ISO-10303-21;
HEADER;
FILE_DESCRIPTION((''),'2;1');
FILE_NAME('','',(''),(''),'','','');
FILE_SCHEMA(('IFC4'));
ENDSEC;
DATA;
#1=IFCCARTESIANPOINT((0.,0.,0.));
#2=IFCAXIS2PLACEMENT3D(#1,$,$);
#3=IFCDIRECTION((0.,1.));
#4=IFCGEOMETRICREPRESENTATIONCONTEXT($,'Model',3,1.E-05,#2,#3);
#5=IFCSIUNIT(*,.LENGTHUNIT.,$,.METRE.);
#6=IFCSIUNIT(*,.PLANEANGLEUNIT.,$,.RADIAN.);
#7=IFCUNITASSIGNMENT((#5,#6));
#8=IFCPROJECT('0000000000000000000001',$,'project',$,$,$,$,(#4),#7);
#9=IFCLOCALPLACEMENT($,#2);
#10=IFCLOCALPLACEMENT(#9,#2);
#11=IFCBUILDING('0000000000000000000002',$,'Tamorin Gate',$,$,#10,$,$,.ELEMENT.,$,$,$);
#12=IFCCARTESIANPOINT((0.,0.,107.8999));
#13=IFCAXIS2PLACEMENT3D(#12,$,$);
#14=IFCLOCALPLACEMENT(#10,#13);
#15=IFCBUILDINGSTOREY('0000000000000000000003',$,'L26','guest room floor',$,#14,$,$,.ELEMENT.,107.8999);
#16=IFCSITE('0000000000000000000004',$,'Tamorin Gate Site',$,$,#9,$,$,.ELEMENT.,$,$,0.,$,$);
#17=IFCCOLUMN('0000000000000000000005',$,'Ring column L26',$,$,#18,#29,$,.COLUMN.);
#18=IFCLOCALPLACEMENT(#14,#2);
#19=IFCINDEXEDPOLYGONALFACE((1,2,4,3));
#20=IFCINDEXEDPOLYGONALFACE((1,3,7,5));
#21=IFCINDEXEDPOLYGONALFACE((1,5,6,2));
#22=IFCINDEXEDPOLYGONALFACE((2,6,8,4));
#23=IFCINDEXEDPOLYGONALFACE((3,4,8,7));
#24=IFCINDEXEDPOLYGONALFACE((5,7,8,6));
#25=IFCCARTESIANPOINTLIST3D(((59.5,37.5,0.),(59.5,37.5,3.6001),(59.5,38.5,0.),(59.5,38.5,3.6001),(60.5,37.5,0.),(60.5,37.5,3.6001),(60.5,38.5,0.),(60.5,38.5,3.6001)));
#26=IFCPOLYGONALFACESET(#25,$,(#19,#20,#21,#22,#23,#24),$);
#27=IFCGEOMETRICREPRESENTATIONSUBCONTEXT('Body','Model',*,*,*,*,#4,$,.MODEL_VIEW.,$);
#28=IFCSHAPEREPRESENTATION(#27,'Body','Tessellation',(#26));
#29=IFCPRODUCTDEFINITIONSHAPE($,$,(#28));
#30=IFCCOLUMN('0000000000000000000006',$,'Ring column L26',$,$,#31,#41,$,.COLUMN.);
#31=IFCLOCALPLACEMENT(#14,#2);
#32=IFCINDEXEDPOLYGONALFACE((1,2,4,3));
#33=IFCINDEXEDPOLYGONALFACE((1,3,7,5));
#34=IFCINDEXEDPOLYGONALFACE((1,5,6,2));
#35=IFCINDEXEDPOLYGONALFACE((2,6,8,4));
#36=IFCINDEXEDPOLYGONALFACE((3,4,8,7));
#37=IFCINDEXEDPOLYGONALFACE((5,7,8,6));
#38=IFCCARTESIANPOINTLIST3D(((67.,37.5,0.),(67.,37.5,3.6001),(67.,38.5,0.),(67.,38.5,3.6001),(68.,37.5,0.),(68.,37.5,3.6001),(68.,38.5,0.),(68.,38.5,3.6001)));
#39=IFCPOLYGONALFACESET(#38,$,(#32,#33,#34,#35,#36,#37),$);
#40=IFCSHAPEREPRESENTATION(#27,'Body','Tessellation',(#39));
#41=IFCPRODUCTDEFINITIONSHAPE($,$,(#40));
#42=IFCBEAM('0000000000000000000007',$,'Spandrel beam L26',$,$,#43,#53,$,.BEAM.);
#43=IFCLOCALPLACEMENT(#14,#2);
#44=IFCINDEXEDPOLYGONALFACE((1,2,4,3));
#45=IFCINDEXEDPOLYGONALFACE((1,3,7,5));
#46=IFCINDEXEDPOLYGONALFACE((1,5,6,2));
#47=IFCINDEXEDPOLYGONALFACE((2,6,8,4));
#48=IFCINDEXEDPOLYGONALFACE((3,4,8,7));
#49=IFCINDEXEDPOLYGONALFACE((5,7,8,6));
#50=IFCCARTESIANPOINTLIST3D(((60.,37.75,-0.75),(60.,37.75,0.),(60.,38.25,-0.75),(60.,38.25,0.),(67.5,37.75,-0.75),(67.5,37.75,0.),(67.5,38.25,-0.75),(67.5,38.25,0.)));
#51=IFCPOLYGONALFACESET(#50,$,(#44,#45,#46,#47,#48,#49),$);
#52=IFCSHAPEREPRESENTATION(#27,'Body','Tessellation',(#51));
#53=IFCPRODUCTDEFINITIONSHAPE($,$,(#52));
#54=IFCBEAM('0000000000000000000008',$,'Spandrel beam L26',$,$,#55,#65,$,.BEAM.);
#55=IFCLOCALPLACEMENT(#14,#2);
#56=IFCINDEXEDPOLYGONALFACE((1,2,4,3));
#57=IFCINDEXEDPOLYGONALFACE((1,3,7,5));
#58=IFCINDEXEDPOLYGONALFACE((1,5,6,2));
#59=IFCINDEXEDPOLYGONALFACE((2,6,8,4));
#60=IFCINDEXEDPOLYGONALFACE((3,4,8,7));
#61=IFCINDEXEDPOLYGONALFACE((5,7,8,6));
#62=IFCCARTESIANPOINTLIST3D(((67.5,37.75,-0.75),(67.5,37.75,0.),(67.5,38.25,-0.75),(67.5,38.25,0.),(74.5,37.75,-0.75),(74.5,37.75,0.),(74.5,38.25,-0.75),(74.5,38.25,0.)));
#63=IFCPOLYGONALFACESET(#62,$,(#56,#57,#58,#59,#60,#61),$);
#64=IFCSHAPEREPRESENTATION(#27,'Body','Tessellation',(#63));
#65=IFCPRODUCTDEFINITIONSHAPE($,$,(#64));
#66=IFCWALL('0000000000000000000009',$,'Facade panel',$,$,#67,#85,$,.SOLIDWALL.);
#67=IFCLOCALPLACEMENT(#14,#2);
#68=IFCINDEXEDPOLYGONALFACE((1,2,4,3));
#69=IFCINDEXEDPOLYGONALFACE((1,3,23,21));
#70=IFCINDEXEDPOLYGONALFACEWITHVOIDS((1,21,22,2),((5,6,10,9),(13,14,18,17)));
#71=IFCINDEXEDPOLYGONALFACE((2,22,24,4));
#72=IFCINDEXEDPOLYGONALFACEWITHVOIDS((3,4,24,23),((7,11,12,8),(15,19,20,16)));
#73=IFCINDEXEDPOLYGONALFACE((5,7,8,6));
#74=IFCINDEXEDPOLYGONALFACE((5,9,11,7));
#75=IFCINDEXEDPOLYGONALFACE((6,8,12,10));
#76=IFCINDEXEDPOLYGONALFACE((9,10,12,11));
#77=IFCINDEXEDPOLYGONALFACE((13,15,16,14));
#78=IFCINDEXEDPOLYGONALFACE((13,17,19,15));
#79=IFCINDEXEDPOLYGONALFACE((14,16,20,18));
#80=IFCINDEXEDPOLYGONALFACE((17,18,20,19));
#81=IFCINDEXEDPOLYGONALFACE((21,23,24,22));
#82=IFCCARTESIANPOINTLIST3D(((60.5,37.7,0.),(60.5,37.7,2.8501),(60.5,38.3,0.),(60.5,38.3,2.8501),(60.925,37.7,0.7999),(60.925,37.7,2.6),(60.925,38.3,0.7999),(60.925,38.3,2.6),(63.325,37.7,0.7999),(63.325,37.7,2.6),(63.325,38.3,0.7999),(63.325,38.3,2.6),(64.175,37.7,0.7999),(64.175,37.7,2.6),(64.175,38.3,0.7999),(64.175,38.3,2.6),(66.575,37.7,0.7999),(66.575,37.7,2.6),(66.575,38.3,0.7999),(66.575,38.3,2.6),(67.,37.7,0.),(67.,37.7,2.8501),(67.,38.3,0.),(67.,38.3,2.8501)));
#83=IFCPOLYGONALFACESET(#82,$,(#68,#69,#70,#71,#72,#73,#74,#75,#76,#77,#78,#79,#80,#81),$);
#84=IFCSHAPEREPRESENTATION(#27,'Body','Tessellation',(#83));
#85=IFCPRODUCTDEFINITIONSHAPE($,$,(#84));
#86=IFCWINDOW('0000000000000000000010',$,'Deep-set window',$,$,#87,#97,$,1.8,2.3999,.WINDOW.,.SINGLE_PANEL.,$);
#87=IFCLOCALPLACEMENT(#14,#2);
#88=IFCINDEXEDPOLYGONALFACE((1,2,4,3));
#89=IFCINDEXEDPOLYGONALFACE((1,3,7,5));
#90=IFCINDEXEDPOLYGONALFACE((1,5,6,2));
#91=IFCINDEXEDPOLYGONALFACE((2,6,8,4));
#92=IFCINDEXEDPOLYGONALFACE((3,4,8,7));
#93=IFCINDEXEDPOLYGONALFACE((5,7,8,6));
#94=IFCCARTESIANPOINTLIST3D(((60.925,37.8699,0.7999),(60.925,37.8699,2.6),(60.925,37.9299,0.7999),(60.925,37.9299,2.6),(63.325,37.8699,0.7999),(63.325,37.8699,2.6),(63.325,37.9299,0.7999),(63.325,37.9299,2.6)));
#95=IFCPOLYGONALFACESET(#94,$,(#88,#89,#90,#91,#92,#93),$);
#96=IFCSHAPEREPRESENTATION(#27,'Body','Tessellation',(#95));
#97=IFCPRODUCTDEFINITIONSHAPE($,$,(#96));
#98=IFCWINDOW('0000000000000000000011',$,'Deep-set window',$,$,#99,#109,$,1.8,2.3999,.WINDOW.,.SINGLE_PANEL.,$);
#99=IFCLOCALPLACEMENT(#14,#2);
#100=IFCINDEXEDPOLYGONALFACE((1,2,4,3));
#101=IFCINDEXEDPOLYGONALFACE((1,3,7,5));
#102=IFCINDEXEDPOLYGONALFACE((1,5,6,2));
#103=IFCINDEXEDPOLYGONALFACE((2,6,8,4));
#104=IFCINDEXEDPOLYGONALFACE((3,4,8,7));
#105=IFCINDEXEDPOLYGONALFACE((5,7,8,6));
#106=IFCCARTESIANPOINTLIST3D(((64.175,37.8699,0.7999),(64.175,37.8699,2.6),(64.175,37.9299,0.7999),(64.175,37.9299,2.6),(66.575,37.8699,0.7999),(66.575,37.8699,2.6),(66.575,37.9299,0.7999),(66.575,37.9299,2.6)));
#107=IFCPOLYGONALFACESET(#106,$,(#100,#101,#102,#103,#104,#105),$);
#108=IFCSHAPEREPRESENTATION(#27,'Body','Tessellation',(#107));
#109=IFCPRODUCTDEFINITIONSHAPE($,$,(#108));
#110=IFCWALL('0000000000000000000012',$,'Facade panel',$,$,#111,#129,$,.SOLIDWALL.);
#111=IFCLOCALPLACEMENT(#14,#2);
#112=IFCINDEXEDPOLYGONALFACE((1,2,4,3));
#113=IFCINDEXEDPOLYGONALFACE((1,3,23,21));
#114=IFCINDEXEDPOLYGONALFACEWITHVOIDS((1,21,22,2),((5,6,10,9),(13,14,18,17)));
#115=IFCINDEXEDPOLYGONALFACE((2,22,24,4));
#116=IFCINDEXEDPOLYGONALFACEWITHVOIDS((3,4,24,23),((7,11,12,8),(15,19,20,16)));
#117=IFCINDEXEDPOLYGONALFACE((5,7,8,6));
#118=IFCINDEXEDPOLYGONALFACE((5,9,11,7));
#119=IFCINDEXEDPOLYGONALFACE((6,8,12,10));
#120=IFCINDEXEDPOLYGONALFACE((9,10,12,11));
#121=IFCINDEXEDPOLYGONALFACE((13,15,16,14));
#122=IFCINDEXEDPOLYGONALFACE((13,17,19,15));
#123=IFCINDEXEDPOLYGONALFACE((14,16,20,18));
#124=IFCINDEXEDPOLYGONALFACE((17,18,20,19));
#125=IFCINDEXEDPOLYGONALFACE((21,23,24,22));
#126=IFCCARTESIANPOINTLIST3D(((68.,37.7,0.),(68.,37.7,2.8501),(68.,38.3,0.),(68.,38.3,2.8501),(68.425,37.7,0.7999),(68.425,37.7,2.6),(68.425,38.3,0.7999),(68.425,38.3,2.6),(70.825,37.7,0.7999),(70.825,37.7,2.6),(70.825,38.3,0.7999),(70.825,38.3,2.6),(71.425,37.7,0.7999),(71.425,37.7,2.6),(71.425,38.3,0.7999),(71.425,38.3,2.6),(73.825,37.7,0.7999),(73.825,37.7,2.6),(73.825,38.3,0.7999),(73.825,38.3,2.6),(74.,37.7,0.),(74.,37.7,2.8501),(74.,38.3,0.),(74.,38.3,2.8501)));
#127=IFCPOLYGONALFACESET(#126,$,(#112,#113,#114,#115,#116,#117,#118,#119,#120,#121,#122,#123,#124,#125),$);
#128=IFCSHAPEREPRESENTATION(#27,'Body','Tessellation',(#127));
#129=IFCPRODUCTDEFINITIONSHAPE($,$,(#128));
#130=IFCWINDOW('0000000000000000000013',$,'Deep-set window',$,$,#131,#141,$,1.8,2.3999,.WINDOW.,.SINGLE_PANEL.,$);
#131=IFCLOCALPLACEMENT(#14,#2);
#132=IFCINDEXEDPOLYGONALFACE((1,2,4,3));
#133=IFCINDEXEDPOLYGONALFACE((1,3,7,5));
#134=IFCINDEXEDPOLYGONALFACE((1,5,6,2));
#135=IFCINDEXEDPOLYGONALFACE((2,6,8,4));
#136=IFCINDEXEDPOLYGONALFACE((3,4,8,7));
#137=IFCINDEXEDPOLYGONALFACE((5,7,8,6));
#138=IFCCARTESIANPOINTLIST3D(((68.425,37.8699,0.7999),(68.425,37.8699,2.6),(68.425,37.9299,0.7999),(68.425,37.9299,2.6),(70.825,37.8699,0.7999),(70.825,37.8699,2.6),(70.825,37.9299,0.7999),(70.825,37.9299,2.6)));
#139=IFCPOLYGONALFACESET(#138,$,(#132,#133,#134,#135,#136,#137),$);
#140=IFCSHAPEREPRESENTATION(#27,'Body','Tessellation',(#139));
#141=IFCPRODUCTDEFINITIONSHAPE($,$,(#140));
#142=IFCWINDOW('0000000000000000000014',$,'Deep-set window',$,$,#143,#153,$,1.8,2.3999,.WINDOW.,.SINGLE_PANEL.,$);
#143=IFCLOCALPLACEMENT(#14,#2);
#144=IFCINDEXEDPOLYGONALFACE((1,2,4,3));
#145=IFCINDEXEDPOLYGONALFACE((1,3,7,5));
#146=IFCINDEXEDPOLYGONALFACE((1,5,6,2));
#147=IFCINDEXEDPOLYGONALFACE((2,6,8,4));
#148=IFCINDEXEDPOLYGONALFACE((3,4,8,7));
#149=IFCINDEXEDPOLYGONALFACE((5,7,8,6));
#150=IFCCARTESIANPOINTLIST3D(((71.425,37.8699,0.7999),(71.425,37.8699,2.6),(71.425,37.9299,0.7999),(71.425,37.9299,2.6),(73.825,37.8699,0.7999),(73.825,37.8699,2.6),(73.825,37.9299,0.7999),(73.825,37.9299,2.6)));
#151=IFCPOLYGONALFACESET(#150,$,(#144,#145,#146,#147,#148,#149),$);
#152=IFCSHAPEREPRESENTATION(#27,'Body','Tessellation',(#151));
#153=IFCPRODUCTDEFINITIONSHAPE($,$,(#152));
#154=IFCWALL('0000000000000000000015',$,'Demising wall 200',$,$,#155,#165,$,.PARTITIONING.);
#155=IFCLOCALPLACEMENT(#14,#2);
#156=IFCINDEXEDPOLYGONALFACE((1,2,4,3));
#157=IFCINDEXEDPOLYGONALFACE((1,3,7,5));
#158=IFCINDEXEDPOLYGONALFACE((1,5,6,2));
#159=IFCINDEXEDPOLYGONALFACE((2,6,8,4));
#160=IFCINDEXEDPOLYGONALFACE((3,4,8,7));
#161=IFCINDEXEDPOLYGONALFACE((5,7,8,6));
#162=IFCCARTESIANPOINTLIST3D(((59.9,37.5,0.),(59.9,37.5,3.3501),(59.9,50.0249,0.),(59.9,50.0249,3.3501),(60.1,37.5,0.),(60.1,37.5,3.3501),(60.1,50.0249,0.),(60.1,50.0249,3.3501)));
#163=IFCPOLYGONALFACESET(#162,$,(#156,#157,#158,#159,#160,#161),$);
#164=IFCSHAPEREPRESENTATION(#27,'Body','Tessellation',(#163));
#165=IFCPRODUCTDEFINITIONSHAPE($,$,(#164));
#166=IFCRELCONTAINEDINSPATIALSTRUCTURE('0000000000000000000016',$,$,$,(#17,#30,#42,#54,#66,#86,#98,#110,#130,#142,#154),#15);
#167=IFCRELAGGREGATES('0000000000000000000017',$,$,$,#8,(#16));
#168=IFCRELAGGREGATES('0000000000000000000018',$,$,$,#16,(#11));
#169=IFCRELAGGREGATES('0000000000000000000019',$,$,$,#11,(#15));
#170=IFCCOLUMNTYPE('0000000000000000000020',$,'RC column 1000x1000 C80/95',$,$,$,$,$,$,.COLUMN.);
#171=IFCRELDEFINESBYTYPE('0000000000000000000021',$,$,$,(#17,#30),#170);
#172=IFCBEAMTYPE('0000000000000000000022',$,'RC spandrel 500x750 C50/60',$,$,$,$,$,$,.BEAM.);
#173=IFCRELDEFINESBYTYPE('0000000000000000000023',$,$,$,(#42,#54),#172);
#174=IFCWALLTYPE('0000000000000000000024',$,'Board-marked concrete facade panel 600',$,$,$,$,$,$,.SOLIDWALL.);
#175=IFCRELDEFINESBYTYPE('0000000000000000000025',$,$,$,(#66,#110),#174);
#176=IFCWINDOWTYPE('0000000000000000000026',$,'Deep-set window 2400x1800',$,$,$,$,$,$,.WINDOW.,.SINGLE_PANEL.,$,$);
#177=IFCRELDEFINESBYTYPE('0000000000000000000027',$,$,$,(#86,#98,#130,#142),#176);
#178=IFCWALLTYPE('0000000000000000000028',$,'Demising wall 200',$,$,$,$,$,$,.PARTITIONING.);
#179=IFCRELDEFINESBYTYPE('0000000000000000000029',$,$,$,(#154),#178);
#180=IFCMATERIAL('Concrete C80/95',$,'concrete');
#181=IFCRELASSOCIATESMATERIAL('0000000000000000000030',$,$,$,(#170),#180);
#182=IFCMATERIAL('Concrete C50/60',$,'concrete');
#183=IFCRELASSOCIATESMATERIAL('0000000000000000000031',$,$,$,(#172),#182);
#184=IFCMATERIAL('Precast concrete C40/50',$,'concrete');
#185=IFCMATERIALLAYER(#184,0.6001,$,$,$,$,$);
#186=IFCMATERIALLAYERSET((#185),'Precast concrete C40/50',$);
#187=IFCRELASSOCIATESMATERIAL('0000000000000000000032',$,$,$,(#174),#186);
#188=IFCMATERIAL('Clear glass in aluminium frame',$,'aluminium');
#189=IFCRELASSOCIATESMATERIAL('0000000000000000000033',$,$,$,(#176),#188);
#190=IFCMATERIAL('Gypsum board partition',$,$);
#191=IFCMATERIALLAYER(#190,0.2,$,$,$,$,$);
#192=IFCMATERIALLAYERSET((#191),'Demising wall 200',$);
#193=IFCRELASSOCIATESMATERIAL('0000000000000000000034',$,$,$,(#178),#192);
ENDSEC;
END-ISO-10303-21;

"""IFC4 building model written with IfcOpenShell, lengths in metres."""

from ifc_helpers import new_model, si_unit, direction, frame, frame_2d, origin, origin_2d, place, context, subcontext, project, spatial, rectangle, extrude, material, layer, layer_set, material_profile, profile_set, type_object, element, fill, save


model = new_model("IFC4")

# Units and contexts
model_context = context("Model", 3, precision=1e-05, world=origin(), true_north=direction((0.0, 1.0)))
body_context = subcontext(model_context, "Body", "Model", "MODEL_VIEW")
ifc_project = project(units=[si_unit("LENGTHUNIT", "METRE"), si_unit("PLANEANGLEUNIT", "RADIAN")], contexts=[model_context])

# Site, building, storey
site_placement = place(None, origin())
site = spatial("IfcSite", under=ifc_project, at=site_placement, Name="Tamorin Gate Site", CompositionType="ELEMENT", RefElevation=0.0)
building_placement = place(site_placement, origin())
building = spatial("IfcBuilding", under=site, at=building_placement, Name="Tamorin Gate", CompositionType="ELEMENT")
storey_placement = place(building_placement, frame((0.0, 0.0, 107.8999)))
storey = spatial("IfcBuildingStorey", under=building, at=storey_placement, Name="L26", Description="guest room floor", CompositionType="ELEMENT", Elevation=107.8999)

# Columns
ifc_material_1 = material(Name="Concrete C80/95", Category="concrete")
ifc_material_profile_1 = material_profile(ifc_material_1, rectangle(XDim=1.0, YDim=1.0, at=origin_2d()), Name="RC 1000x1000")
ifc_profile_set_1 = profile_set([ifc_material_profile_1], Name="Concrete C80/95")
column_type = type_object("IfcColumnType", Name="RC column 1000x1000 C80/95", PredefinedType="COLUMN", material=ifc_profile_set_1)
for number, where, z_axis, x_axis, name in (
    (1, (60.0, 38.0, 0.0), (0.0, 0.0, 1.0), (1.0, 0.0, 0.0), "Ring column L26"),
    (2, (67.5, 38.0, 0.0), (0.0, 0.0, 1.0), (1.0, 0.0, 0.0), "Ring column L26"),
):
    element("IfcColumn", number, at=place(storey_placement, frame(where, z_axis=z_axis, x_axis=x_axis)), inside=storey, type_object=column_type, Name=name, PredefinedType="COLUMN", context=body_context, shape_type="SweptSolid", body=[
        extrude(rectangle(XDim=1.0, YDim=1.0, at=origin_2d()), origin(), (0.0, 0.0, 1.0), 3.6001),
    ])

# Beams
ifc_material_2 = material(Name="Concrete C50/60", Category="concrete")
ifc_material_profile_2 = material_profile(ifc_material_2, rectangle(XDim=0.5, YDim=0.75, at=origin_2d()), Name="RC 500x750")
ifc_profile_set_2 = profile_set([ifc_material_profile_2], Name="Concrete C50/60")
beam_type = type_object("IfcBeamType", Name="RC spandrel 500x750 C50/60", PredefinedType="BEAM", material=ifc_profile_set_2)
beam_1_placement = place(storey_placement, frame((60.0, 38.0, -0.375), z_axis=(1.0, 0.0, 0.0), x_axis=(0.0, 1.0, 0.0)))
element("IfcBeam", 3, at=beam_1_placement, inside=storey, type_object=beam_type, Name="Spandrel beam L26", PredefinedType="BEAM", context=body_context, shape_type="SweptSolid", body=[
    extrude(rectangle(XDim=0.5, YDim=0.75, at=origin_2d()), origin(), (0.0, 0.0, 1.0), 7.5),
])
beam_2_placement = place(storey_placement, frame((67.5, 38.0, -0.375), z_axis=(1.0, 0.0, 0.0), x_axis=(0.0, 1.0, 0.0)))
element("IfcBeam", 4, at=beam_2_placement, inside=storey, type_object=beam_type, Name="Spandrel beam L26", PredefinedType="BEAM", context=body_context, shape_type="SweptSolid", body=[
    extrude(rectangle(XDim=0.5, YDim=0.75, at=origin_2d()), origin(), (0.0, 0.0, 1.0), 7.0),
])

# Walls, openings, windows
ifc_material_3 = material(Name="Precast concrete C40/50", Category="concrete")
ifc_layer_1 = layer(ifc_material_3, 0.6001)
ifc_layer_set_1 = layer_set([ifc_layer_1], Name="Precast concrete C40/50")
wall_type_1 = type_object("IfcWallType", Name="Board-marked concrete facade panel 600", PredefinedType="SOLIDWALL", material=ifc_layer_set_1)
wall_1_placement = place(storey_placement, frame((60.5, 38.0, 0.0), z_axis=(0.0, 0.0, 1.0), x_axis=(1.0, 0.0, 0.0)))
wall_1 = element("IfcWall", 5, at=wall_1_placement, inside=storey, type_object=wall_type_1, Name="Facade panel", PredefinedType="SOLIDWALL", context=body_context, shape_type="SweptSolid", body=[
    extrude(rectangle(XDim=6.5, YDim=0.6001, at=frame_2d((3.25, 0.0))), origin(), (0.0, 0.0, 1.0), 2.8501),
])
opening_1_placement = place(wall_1_placement, frame((0.425, 0.0, 0.8)))
opening_1 = element("IfcOpeningElement", 6, at=opening_1_placement, cuts=wall_1, PredefinedType="OPENING", context=body_context, shape_type="SweptSolid", body=[
    extrude(rectangle(XDim=2.3999, YDim=1.8, at=frame_2d((1.2, 0.8999))), frame((0.0, 0.3101, 0.0), z_axis=(0.0, -1.0, 0.0), x_axis=(1.0, 0.0, 0.0)), (0.0, 0.0, 1.0), 0.6201),
])
opening_2_placement = place(wall_1_placement, frame((3.675, 0.0, 0.8)))
opening_2 = element("IfcOpeningElement", 7, at=opening_2_placement, cuts=wall_1, PredefinedType="OPENING", context=body_context, shape_type="SweptSolid", body=[
    extrude(rectangle(XDim=2.3999, YDim=1.8, at=frame_2d((1.2, 0.8999))), frame((0.0, 0.3101, 0.0), z_axis=(0.0, -1.0, 0.0), x_axis=(1.0, 0.0, 0.0)), (0.0, 0.0, 1.0), 0.6201),
])
ifc_material_4 = material(Name="Clear glass in aluminium frame", Category="aluminium")
window_type = type_object("IfcWindowType", Name="Deep-set window 2400x1800", PartitioningType="SINGLE_PANEL", PredefinedType="WINDOW", material=ifc_material_4)
window_1_placement = place(opening_1_placement, origin())
window_1 = element("IfcWindow", 8, at=window_1_placement, inside=storey, type_object=window_type, Name="Deep-set window", OverallHeight=1.8, OverallWidth=2.3999, PartitioningType="SINGLE_PANEL", PredefinedType="WINDOW", context=body_context, shape_type="SweptSolid", body=[
    extrude(rectangle(XDim=2.3999, YDim=1.8, at=frame_2d((1.2, 0.8999))), frame((0.0, -0.0701, 0.0), z_axis=(0.0, -1.0, 0.0), x_axis=(1.0, 0.0, 0.0)), (0.0, 0.0, 1.0), 0.0601),
])
fill(opening_1, window_1)
window_2_placement = place(opening_2_placement, origin())
window_2 = element("IfcWindow", 9, at=window_2_placement, inside=storey, type_object=window_type, Name="Deep-set window", OverallHeight=1.8, OverallWidth=2.3999, PartitioningType="SINGLE_PANEL", PredefinedType="WINDOW", context=body_context, shape_type="SweptSolid", body=[
    extrude(rectangle(XDim=2.3999, YDim=1.8, at=frame_2d((1.2, 0.8999))), frame((0.0, -0.0701, 0.0), z_axis=(0.0, -1.0, 0.0), x_axis=(1.0, 0.0, 0.0)), (0.0, 0.0, 1.0), 0.0601),
])
fill(opening_2, window_2)
wall_2_placement = place(storey_placement, frame((68.0, 38.0, 0.0), z_axis=(0.0, 0.0, 1.0), x_axis=(1.0, 0.0, 0.0)))
wall_2 = element("IfcWall", 10, at=wall_2_placement, inside=storey, type_object=wall_type_1, Name="Facade panel", PredefinedType="SOLIDWALL", context=body_context, shape_type="SweptSolid", body=[
    extrude(rectangle(XDim=6.0, YDim=0.6001, at=frame_2d((3.0, 0.0))), origin(), (0.0, 0.0, 1.0), 2.8501),
])
opening_3_placement = place(wall_2_placement, frame((0.425, 0.0, 0.8)))
opening_3 = element("IfcOpeningElement", 11, at=opening_3_placement, cuts=wall_2, PredefinedType="OPENING", context=body_context, shape_type="SweptSolid", body=[
    extrude(rectangle(XDim=2.3999, YDim=1.8, at=frame_2d((1.2, 0.8999))), frame((0.0, 0.3101, 0.0), z_axis=(0.0, -1.0, 0.0), x_axis=(1.0, 0.0, 0.0)), (0.0, 0.0, 1.0), 0.6201),
])
opening_4_placement = place(wall_2_placement, frame((3.425, 0.0, 0.8)))
opening_4 = element("IfcOpeningElement", 12, at=opening_4_placement, cuts=wall_2, PredefinedType="OPENING", context=body_context, shape_type="SweptSolid", body=[
    extrude(rectangle(XDim=2.3999, YDim=1.8, at=frame_2d((1.2, 0.8999))), frame((0.0, 0.3101, 0.0), z_axis=(0.0, -1.0, 0.0), x_axis=(1.0, 0.0, 0.0)), (0.0, 0.0, 1.0), 0.6201),
])
window_3_placement = place(opening_3_placement, origin())
window_3 = element("IfcWindow", 13, at=window_3_placement, inside=storey, type_object=window_type, Name="Deep-set window", OverallHeight=1.8, OverallWidth=2.3999, PartitioningType="SINGLE_PANEL", PredefinedType="WINDOW", context=body_context, shape_type="SweptSolid", body=[
    extrude(rectangle(XDim=2.3999, YDim=1.8, at=frame_2d((1.2, 0.8999))), frame((0.0, -0.0701, 0.0), z_axis=(0.0, -1.0, 0.0), x_axis=(1.0, 0.0, 0.0)), (0.0, 0.0, 1.0), 0.0601),
])
fill(opening_3, window_3)
window_4_placement = place(opening_4_placement, origin())
window_4 = element("IfcWindow", 14, at=window_4_placement, inside=storey, type_object=window_type, Name="Deep-set window", OverallHeight=1.8, OverallWidth=2.3999, PartitioningType="SINGLE_PANEL", PredefinedType="WINDOW", context=body_context, shape_type="SweptSolid", body=[
    extrude(rectangle(XDim=2.3999, YDim=1.8, at=frame_2d((1.2, 0.8999))), frame((0.0, -0.0701, 0.0), z_axis=(0.0, -1.0, 0.0), x_axis=(1.0, 0.0, 0.0)), (0.0, 0.0, 1.0), 0.0601),
])
fill(opening_4, window_4)

# Wall
ifc_material_5 = material(Name="Gypsum board partition")
ifc_layer_2 = layer(ifc_material_5, 0.2)
ifc_layer_set_2 = layer_set([ifc_layer_2], Name="Demising wall 200")
wall_type_2 = type_object("IfcWallType", Name="Demising wall 200", PredefinedType="PARTITIONING", material=ifc_layer_set_2)
wall_3_placement = place(storey_placement, frame((60.0, 37.5, 0.0), z_axis=(0.0, 0.0, 1.0), x_axis=(0.0, 1.0, 0.0)))
element("IfcWall", 15, at=wall_3_placement, inside=storey, type_object=wall_type_2, Name="Demising wall 200", PredefinedType="PARTITIONING", context=body_context, shape_type="SweptSolid", body=[
    extrude(rectangle(XDim=12.5249, YDim=0.2, at=frame_2d((6.2625, 0.0))), origin(), (0.0, 0.0, 1.0), 3.3501),
])

save(model, "model.ifc")
